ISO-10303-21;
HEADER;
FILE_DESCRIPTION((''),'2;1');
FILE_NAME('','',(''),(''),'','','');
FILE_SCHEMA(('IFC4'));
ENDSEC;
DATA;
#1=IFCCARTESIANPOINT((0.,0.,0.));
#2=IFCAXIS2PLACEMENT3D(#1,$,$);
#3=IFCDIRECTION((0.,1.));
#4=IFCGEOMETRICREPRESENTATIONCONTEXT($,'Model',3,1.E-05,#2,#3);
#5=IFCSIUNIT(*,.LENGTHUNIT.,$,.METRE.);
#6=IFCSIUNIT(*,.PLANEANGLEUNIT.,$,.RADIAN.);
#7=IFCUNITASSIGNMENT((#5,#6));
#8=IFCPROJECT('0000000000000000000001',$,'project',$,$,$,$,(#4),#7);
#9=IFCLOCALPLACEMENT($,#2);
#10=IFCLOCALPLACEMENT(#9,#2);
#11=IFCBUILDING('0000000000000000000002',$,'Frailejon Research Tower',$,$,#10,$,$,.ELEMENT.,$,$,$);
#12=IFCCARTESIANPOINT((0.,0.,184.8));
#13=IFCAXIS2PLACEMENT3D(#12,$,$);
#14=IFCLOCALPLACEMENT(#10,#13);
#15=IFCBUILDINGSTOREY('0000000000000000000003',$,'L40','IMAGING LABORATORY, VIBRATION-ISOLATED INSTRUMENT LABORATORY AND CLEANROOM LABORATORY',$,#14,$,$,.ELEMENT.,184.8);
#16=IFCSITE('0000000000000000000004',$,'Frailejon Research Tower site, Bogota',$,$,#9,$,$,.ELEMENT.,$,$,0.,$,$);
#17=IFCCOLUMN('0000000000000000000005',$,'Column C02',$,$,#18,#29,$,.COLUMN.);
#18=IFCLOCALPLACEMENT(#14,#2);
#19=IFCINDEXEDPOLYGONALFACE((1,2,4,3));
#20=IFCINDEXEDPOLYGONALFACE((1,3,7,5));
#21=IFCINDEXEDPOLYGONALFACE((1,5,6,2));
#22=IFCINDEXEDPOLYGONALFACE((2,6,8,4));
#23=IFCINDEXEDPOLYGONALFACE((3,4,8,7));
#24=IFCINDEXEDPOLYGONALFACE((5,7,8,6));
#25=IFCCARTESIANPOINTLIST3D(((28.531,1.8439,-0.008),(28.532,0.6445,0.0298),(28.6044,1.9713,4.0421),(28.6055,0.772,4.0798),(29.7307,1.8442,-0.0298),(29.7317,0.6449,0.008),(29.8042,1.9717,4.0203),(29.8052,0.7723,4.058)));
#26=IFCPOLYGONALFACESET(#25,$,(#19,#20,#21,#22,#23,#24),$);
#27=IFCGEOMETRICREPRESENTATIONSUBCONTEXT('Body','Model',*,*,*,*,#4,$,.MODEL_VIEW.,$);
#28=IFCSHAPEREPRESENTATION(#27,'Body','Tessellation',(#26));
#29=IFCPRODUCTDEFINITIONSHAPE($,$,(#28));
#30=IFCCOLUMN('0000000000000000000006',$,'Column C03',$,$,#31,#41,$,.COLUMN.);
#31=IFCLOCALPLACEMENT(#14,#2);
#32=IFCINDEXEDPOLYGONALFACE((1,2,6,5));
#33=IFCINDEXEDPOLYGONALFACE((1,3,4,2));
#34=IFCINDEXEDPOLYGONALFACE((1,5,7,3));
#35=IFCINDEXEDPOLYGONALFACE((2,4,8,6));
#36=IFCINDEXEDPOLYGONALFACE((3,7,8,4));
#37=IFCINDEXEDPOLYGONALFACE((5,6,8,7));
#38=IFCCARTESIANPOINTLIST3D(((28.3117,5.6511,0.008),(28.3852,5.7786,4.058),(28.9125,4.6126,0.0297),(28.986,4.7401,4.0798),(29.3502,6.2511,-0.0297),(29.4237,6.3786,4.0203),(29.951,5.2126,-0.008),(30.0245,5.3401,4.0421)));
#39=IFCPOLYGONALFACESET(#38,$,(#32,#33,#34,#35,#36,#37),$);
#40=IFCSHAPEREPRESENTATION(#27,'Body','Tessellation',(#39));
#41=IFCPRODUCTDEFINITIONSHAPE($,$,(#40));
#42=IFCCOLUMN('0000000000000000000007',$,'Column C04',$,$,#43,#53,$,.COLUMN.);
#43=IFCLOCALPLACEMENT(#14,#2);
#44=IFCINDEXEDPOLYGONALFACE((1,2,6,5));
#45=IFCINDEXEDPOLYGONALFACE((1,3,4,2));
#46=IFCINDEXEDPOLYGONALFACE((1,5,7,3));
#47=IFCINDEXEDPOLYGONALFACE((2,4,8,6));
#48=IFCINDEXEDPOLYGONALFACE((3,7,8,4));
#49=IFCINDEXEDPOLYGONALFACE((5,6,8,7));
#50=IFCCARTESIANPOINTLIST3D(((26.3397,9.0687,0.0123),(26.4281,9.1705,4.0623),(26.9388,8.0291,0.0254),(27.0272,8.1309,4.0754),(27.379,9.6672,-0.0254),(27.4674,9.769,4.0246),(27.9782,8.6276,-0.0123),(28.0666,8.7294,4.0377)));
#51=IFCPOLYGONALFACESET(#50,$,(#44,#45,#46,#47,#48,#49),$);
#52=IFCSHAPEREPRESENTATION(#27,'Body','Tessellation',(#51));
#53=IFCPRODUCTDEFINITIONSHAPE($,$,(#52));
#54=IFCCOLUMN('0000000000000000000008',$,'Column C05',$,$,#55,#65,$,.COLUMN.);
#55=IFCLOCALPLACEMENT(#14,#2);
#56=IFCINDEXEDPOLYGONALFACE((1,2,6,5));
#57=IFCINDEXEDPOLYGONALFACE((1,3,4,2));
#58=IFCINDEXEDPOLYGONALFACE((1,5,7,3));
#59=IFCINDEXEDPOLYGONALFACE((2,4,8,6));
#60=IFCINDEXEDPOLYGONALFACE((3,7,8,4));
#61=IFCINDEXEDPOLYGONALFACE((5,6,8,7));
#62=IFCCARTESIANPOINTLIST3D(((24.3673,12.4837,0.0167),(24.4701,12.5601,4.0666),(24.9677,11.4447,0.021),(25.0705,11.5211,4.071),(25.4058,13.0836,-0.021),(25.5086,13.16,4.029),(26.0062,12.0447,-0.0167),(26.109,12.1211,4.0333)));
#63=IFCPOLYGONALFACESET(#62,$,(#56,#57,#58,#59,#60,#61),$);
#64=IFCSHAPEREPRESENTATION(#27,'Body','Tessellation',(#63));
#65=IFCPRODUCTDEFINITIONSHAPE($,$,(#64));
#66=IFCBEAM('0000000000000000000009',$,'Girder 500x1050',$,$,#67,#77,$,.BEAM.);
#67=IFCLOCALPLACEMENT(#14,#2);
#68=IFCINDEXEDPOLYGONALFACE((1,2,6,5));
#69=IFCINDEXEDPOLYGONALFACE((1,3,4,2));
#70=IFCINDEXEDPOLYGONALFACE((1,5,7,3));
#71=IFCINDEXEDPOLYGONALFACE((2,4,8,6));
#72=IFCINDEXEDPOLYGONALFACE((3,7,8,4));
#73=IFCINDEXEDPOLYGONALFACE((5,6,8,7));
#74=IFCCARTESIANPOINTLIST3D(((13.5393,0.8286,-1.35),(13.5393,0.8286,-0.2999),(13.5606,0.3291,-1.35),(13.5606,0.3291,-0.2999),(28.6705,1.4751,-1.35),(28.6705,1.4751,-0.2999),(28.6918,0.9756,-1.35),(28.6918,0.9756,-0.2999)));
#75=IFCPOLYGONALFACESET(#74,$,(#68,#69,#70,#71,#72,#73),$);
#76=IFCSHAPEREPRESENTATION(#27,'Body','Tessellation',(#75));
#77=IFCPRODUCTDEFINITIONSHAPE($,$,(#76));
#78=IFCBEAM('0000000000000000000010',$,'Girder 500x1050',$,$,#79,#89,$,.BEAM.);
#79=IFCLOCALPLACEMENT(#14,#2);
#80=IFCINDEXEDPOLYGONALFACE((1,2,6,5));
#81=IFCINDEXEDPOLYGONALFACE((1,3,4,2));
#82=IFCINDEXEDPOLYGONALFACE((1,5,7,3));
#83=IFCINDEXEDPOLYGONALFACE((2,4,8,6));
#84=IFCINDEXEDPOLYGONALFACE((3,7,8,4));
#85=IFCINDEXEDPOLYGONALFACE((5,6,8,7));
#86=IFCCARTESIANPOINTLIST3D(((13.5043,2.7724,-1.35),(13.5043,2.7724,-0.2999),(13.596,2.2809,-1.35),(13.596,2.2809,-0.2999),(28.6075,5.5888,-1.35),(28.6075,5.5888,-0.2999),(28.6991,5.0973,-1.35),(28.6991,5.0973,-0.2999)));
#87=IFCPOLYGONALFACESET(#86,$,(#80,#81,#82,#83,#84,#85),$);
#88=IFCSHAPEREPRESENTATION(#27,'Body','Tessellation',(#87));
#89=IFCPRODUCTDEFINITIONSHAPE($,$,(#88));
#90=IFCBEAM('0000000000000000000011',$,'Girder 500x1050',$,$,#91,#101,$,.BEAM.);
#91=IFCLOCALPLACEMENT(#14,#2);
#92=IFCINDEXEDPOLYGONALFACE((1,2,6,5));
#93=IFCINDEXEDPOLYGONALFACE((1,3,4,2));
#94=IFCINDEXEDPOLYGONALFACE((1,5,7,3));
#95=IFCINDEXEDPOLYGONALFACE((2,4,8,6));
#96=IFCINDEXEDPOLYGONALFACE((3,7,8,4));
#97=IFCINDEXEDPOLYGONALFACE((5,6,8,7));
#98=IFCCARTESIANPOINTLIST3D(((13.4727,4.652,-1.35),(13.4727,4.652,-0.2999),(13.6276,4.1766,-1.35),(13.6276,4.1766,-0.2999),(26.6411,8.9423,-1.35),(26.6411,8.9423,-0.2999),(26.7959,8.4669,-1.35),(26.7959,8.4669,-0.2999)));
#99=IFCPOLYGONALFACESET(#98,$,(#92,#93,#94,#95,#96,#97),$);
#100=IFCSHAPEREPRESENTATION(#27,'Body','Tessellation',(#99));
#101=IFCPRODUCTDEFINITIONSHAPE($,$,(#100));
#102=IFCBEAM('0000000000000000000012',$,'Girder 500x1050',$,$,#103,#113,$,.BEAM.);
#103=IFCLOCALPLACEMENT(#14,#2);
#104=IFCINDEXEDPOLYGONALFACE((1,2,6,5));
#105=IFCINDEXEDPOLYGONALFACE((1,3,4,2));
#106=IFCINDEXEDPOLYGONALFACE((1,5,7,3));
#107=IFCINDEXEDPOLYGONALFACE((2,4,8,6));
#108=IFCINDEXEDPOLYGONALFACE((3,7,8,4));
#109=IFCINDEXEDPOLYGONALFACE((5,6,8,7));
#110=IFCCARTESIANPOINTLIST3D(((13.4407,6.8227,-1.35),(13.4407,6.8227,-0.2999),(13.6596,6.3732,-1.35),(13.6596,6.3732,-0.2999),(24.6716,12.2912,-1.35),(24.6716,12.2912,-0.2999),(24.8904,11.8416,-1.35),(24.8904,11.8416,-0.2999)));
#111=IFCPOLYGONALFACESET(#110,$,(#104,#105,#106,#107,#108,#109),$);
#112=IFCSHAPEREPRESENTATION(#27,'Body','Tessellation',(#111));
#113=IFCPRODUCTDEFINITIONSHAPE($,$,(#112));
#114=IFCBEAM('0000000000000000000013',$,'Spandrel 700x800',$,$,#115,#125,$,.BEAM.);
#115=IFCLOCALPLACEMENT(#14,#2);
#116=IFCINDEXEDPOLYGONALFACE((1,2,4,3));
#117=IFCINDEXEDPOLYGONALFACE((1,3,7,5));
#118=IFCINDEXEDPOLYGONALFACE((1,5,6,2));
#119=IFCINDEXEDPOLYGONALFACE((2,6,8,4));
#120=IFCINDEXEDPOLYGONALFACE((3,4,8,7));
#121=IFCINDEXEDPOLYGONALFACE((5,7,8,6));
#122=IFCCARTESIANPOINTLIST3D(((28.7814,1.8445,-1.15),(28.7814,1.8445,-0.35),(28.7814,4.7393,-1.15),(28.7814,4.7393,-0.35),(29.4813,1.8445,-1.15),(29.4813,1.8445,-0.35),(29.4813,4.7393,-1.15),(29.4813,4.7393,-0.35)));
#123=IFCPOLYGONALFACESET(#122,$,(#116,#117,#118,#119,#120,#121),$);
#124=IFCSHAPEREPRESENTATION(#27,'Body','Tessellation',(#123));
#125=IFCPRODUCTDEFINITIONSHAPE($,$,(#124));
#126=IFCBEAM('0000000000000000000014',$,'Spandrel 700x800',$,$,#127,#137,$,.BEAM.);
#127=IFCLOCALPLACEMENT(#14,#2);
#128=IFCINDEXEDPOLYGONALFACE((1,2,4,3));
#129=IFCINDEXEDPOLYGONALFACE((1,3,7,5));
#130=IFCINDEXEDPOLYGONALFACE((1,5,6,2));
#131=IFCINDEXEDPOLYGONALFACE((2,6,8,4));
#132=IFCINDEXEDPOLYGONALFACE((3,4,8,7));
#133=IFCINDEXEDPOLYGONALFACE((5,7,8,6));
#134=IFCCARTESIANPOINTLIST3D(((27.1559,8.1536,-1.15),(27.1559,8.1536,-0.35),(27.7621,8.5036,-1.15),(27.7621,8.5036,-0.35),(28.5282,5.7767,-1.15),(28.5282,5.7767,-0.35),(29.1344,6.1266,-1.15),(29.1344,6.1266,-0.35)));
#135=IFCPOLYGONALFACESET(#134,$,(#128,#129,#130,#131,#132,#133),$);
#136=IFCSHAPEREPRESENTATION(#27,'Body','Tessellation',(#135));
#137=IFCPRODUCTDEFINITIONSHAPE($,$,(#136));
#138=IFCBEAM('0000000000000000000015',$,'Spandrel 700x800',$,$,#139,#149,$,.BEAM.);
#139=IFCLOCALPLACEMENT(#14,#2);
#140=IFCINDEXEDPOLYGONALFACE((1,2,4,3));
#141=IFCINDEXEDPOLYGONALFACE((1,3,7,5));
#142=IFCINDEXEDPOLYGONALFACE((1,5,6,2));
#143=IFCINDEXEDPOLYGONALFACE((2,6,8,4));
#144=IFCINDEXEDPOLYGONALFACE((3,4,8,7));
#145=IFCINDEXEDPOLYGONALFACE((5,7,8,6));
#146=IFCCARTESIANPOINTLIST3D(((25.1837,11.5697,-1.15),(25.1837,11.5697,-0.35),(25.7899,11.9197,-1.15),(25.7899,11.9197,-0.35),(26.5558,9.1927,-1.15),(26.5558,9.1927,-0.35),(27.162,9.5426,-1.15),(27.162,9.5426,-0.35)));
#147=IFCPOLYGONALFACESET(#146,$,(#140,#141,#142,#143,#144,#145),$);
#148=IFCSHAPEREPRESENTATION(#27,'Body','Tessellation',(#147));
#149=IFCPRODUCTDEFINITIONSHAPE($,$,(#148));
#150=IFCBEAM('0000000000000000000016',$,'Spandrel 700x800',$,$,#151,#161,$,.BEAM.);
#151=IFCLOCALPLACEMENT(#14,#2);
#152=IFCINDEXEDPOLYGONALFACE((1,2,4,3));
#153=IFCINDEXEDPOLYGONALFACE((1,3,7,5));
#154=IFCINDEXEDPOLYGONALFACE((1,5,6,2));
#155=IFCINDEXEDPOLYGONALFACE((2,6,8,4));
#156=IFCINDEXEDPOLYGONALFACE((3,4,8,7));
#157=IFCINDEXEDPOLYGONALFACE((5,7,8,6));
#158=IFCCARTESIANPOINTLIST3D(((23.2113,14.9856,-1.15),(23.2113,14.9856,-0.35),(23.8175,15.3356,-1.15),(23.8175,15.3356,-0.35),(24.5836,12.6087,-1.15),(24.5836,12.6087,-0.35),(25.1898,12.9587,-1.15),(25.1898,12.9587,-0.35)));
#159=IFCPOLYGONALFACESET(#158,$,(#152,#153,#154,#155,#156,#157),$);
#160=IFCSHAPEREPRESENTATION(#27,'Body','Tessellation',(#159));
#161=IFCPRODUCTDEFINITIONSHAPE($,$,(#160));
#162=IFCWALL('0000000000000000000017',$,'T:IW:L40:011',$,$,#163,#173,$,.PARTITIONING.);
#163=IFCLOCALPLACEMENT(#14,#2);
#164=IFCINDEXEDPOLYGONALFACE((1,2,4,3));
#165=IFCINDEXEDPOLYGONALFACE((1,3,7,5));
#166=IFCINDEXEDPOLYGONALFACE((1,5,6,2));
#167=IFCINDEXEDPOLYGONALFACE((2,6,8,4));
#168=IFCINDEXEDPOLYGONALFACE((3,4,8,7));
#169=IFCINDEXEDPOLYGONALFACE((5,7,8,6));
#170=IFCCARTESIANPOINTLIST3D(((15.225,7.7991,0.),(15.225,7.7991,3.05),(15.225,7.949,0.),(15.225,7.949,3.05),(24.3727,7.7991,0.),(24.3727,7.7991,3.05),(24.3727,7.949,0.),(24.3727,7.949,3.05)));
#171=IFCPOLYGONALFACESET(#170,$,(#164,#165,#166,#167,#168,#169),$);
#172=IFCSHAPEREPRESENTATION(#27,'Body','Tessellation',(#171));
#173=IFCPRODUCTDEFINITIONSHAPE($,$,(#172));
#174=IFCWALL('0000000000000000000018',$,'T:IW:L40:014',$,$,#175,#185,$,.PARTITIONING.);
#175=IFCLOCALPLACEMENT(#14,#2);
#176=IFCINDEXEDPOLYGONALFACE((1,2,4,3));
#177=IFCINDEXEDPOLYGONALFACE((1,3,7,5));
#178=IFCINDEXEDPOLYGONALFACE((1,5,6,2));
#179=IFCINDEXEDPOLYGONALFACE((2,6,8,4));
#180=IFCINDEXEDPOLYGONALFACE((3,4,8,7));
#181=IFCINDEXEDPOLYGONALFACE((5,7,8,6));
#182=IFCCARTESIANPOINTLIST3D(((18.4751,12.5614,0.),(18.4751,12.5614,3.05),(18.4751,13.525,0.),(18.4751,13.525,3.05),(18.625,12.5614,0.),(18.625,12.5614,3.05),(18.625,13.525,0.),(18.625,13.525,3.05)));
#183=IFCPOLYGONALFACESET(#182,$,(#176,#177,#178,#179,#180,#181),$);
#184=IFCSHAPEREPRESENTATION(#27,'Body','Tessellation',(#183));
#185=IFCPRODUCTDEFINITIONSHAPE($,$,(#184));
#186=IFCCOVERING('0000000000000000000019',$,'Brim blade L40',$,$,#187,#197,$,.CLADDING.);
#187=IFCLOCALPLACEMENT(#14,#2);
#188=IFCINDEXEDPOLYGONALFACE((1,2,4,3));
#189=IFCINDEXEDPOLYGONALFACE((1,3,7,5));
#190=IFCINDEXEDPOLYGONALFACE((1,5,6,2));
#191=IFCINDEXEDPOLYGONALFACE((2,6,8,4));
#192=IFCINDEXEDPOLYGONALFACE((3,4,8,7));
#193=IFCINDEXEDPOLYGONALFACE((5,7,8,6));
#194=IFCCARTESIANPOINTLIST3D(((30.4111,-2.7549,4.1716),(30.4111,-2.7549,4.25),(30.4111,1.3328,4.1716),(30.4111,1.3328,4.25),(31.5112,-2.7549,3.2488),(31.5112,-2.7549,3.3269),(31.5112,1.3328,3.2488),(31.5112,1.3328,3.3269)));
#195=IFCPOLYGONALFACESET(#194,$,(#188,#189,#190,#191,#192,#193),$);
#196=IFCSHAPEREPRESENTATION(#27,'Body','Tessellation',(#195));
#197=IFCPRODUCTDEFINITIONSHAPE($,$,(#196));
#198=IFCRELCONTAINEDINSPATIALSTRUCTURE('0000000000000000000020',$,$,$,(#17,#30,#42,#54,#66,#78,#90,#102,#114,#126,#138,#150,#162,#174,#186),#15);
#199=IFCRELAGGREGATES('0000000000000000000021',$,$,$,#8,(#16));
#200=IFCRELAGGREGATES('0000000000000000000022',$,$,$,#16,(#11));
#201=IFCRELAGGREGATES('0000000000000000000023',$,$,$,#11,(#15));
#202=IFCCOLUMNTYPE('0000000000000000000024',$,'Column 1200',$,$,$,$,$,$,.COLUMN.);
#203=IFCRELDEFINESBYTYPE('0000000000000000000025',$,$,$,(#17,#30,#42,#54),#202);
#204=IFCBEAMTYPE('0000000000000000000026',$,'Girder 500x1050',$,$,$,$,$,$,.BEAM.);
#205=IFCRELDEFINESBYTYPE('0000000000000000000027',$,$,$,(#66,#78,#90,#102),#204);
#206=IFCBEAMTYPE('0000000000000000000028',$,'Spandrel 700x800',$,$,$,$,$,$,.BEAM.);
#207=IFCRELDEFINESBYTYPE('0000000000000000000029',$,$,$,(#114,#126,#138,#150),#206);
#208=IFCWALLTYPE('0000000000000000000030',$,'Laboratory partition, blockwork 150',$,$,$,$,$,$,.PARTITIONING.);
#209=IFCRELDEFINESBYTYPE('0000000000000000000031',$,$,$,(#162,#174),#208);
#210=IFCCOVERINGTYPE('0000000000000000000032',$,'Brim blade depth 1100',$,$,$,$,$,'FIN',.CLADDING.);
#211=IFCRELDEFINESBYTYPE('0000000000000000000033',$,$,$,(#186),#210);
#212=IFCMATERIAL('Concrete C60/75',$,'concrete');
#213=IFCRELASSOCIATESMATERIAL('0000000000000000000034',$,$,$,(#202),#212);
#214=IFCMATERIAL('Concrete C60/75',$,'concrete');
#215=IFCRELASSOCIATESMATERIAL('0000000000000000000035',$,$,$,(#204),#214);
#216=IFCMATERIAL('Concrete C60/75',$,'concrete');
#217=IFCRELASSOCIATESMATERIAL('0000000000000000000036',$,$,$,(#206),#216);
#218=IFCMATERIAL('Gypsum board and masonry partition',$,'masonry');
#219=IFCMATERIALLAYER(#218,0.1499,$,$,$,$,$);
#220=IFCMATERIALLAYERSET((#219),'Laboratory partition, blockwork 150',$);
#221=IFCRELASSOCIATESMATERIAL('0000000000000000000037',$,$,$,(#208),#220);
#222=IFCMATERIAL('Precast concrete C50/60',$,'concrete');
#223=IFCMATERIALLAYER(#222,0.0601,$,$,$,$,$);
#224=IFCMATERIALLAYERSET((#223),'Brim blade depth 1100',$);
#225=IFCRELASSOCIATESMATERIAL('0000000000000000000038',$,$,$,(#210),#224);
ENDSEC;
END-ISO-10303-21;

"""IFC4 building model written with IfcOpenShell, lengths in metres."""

from ifc_helpers import new_model, si_unit, direction, frame, frame_2d, origin, origin_2d, place, context, subcontext, project, spatial, polyline, rectangle, outline, extrude, material, layer, layer_set, material_profile, profile_set, type_object, element, save


model = new_model("IFC4")

# Units and contexts
model_context = context("Model", 3, precision=1e-05, world=origin(), true_north=direction((0.0, 1.0)))
body_context = subcontext(model_context, "Body", "Model", "MODEL_VIEW")
ifc_project = project(units=[si_unit("LENGTHUNIT", "METRE"), si_unit("PLANEANGLEUNIT", "RADIAN")], contexts=[model_context])

# Site, building, storey
site_placement = place(None, origin())
site = spatial("IfcSite", under=ifc_project, at=site_placement, Name="Frailejon Research Tower site, Bogota", CompositionType="ELEMENT", RefElevation=0.0)
building_placement = place(site_placement, origin())
building = spatial("IfcBuilding", under=site, at=building_placement, Name="Frailejon Research Tower", CompositionType="ELEMENT")
storey_placement = place(building_placement, frame((0.0, 0.0, 184.8)))
storey = spatial("IfcBuildingStorey", under=building, at=storey_placement, Name="L40", Description="IMAGING LABORATORY, VIBRATION-ISOLATED INSTRUMENT LABORATORY AND CLEANROOM LABORATORY", CompositionType="ELEMENT", Elevation=184.8)

# Columns
ifc_material_1 = material(Name="Concrete C60/75", Category="concrete")
ifc_material_profile_1 = material_profile(ifc_material_1, rectangle(XDim=1.2, YDim=1.2, at=origin_2d()), Name="Column 1200")
ifc_profile_set_1 = profile_set([ifc_material_profile_1], Name="Concrete C60/75")
column_type = type_object("IfcColumnType", Name="Column 1200", PredefinedType="COLUMN", material=ifc_profile_set_1)
for number, where, z_axis, x_axis, name in (
    (1, (29.1313, 1.2444, 0.0), (0.018133, 0.031446, 0.999341), (-0.000853, 0.999505, -0.031436), "Column C02"),
    (2, (29.1313, 5.4319, 0.0), (0.018133, 0.031446, 0.999341), (-0.500658, 0.865455, -0.018149), "Column C03"),
):
    element("IfcColumn", number, at=place(storey_placement, frame(where, z_axis=z_axis, x_axis=x_axis)), inside=storey, type_object=column_type, Name=name, PredefinedType="COLUMN", context=body_context, shape_type="SweptSolid", body=[
        extrude(rectangle(XDim=1.2, YDim=1.2, at=origin_2d()), origin(), (0.0, 0.0, 1.0), 4.0527),
    ])
column_1_placement = place(storey_placement, frame((27.1589, 8.8481, 0.0), z_axis=(0.02181, 0.025123, 0.999446), x_axis=(-0.499317, 0.866351, -0.010882)))
element("IfcColumn", 3, at=column_1_placement, inside=storey, type_object=column_type, Name="Column C04", PredefinedType="COLUMN", context=body_context, shape_type="SweptSolid", body=[
    extrude(rectangle(XDim=1.2, YDim=1.2, at=origin_2d()), origin(), (0.0, 0.0, 1.0), 4.0522),
])
column_2_placement = place(storey_placement, frame((25.1868, 12.2642, 0.0), z_axis=(0.025366, 0.018858, 0.9995), x_axis=(-0.500322, 0.865832, -0.003639)))
element("IfcColumn", 4, at=column_2_placement, inside=storey, type_object=column_type, Name="Column C05", PredefinedType="COLUMN", context=body_context, shape_type="SweptSolid", body=[
    extrude(rectangle(XDim=1.2, YDim=1.2, at=origin_2d()), origin(), (0.0, 0.0, 1.0), 4.052),
])

# Beams
ifc_material_2 = material(Name="Concrete C60/75", Category="concrete")
ifc_material_profile_2 = material_profile(ifc_material_2, rectangle(XDim=0.5, YDim=1.05, at=origin_2d()), Name="Girder 500x1050")
ifc_profile_set_2 = profile_set([ifc_material_profile_2], Name="Concrete C60/75")
beam_type_1 = type_object("IfcBeamType", Name="Girder 500x1050", PredefinedType="BEAM", material=ifc_profile_set_2)
beam_1_placement = place(storey_placement, frame((28.6812, 1.2253, -0.825), z_axis=(-0.999089, -0.042687, 0.0), x_axis=(0.042687, -0.999089, 0.0)))
element("IfcBeam", 5, at=beam_1_placement, inside=storey, type_object=beam_type_1, Name="Girder 500x1050", PredefinedType="BEAM", context=body_context, shape_type="SweptSolid", body=[
    extrude(rectangle(XDim=0.5, YDim=1.05, at=origin_2d()), origin(), (0.0, 0.0, 1.0), 15.145),
])
beam_2_placement = place(storey_placement, frame((28.6533, 5.343, -0.825), z_axis=(-0.983054, -0.183317, 0.0), x_axis=(0.183317, -0.983054, 0.0)))
element("IfcBeam", 6, at=beam_2_placement, inside=storey, type_object=beam_type_1, Name="Girder 500x1050", PredefinedType="BEAM", context=body_context, shape_type="SweptSolid", body=[
    extrude(rectangle(XDim=0.5, YDim=1.05, at=origin_2d()), origin(), (0.0, 0.0, 1.0), 15.3635),
])
beam_3_placement = place(storey_placement, frame((26.7185, 8.7046, -0.825), z_axis=(-0.95081, -0.309774, 0.0), x_axis=(0.309774, -0.95081, 0.0)))
element("IfcBeam", 7, at=beam_3_placement, inside=storey, type_object=beam_type_1, Name="Girder 500x1050", PredefinedType="BEAM", context=body_context, shape_type="SweptSolid", body=[
    extrude(rectangle(XDim=0.5, YDim=1.05, at=origin_2d()), origin(), (0.0, 0.0, 1.0), 13.8496),
])
beam_4_placement = place(storey_placement, frame((24.781, 12.0664, -0.825), z_axis=(-0.899084, -0.437776, 0.0), x_axis=(0.437776, -0.899084, 0.0)))
element("IfcBeam", 8, at=beam_4_placement, inside=storey, type_object=beam_type_1, Name="Girder 500x1050", PredefinedType="BEAM", context=body_context, shape_type="SweptSolid", body=[
    extrude(rectangle(XDim=0.5, YDim=1.05, at=origin_2d()), origin(), (0.0, 0.0, 1.0), 12.4915),
])
ifc_material_3 = material(Name="Concrete C60/75", Category="concrete")
ifc_material_profile_3 = material_profile(ifc_material_3, rectangle(XDim=0.7, YDim=0.8, at=origin_2d()), Name="Spandrel 700x800")
ifc_profile_set_3 = profile_set([ifc_material_profile_3], Name="Concrete C60/75")
beam_type_2 = type_object("IfcBeamType", Name="Spandrel 700x800", PredefinedType="BEAM", material=ifc_profile_set_3)
beam_5_placement = place(storey_placement, frame((29.1313, 1.8445, -0.75), z_axis=(0.0, 1.0, 0.0), x_axis=(-1.0, 0.0, 0.0)))
element("IfcBeam", 9, at=beam_5_placement, inside=storey, type_object=beam_type_2, Name="Spandrel 700x800", PredefinedType="BEAM", context=body_context, shape_type="SweptSolid", body=[
    extrude(rectangle(XDim=0.7, YDim=0.8, at=origin_2d()), origin(), (0.0, 0.0, 1.0), 2.8948),
])
for number, where, z_axis, x_axis, name in (
    (10, (28.8313, 5.9517, -0.75), (-0.499995, 0.866029, 0.0), (-0.866029, -0.499995, 0.0), "Spandrel 700x800"),
    (11, (26.8589, 9.3677, -0.75), (-0.499928, 0.866067, 0.0), (-0.866067, -0.499928, 0.0), "Spandrel 700x800"),
    (12, (24.8867, 12.7837, -0.75), (-0.499995, 0.866029, 0.0), (-0.866029, -0.499995, 0.0), "Spandrel 700x800"),
):
    element("IfcBeam", number, at=place(storey_placement, frame(where, z_axis=z_axis, x_axis=x_axis)), inside=storey, type_object=beam_type_2, Name=name, PredefinedType="BEAM", context=body_context, shape_type="SweptSolid", body=[
        extrude(rectangle(XDim=0.7, YDim=0.8, at=origin_2d()), origin(), (0.0, 0.0, 1.0), 2.7446),
    ])

# Walls
ifc_material_4 = material(Name="Gypsum board and masonry partition", Category="masonry")
ifc_layer_1 = layer(ifc_material_4, 0.1499)
ifc_layer_set_1 = layer_set([ifc_layer_1], Name="Laboratory partition, blockwork 150")
wall_type_1 = type_object("IfcWallType", Name="Laboratory partition, blockwork 150", PredefinedType="PARTITIONING", material=ifc_layer_set_1)
wall_1_placement = place(storey_placement, frame((15.2251, 7.874, 0.0), z_axis=(0.0, 0.0, 1.0), x_axis=(1.0, 0.0, 0.0)))
element("IfcWall", 13, at=wall_1_placement, inside=storey, type_object=wall_type_1, Name="T:IW:L40:011", PredefinedType="PARTITIONING", context=body_context, shape_type="SweptSolid", body=[
    extrude(rectangle(XDim=9.1477, YDim=0.1499, at=frame_2d((4.5737, 0.0))), origin(), (0.0, 0.0, 1.0), 3.05),
])
wall_2_placement = place(storey_placement, frame((18.55, 12.5613, 0.0), z_axis=(0.0, 0.0, 1.0), x_axis=(0.0, 1.0, 0.0)))
element("IfcWall", 14, at=wall_2_placement, inside=storey, type_object=wall_type_1, Name="T:IW:L40:014", PredefinedType="PARTITIONING", context=body_context, shape_type="SweptSolid", body=[
    extrude(rectangle(XDim=0.9636, YDim=0.1499, at=frame_2d((0.4819, 0.0))), origin(), (0.0, 0.0, 1.0), 3.05),
])

# Covering
ifc_material_5 = material(Name="Precast concrete C50/60", Category="concrete")
ifc_layer_2 = layer(ifc_material_5, 0.0601)
ifc_layer_set_2 = layer_set([ifc_layer_2], Name="Brim blade depth 1100")
covering_type = type_object("IfcCoveringType", Name="Brim blade depth 1100", ElementType="FIN", PredefinedType="CLADDING", material=ifc_layer_set_2)
covering_1_placement = place(storey_placement, frame((30.4111, 1.3328, 4.25), z_axis=(0.0, -1.0, 0.0), x_axis=(1.0, 0.0, 0.0)))
element("IfcCovering", 15, at=covering_1_placement, inside=storey, type_object=covering_type, Name="Brim blade L40", PredefinedType="CLADDING", context=body_context, shape_type="SweptSolid", body=[
    extrude(outline(polyline([(0.0, -0.0784), (1.1001, -1.0012), (1.1001, -0.9231), (0.0, 0.0), (0.0, -0.0784)])), origin(), (0.0, 0.0, 1.0), 4.0876),
])

save(model, "model.ifc")
